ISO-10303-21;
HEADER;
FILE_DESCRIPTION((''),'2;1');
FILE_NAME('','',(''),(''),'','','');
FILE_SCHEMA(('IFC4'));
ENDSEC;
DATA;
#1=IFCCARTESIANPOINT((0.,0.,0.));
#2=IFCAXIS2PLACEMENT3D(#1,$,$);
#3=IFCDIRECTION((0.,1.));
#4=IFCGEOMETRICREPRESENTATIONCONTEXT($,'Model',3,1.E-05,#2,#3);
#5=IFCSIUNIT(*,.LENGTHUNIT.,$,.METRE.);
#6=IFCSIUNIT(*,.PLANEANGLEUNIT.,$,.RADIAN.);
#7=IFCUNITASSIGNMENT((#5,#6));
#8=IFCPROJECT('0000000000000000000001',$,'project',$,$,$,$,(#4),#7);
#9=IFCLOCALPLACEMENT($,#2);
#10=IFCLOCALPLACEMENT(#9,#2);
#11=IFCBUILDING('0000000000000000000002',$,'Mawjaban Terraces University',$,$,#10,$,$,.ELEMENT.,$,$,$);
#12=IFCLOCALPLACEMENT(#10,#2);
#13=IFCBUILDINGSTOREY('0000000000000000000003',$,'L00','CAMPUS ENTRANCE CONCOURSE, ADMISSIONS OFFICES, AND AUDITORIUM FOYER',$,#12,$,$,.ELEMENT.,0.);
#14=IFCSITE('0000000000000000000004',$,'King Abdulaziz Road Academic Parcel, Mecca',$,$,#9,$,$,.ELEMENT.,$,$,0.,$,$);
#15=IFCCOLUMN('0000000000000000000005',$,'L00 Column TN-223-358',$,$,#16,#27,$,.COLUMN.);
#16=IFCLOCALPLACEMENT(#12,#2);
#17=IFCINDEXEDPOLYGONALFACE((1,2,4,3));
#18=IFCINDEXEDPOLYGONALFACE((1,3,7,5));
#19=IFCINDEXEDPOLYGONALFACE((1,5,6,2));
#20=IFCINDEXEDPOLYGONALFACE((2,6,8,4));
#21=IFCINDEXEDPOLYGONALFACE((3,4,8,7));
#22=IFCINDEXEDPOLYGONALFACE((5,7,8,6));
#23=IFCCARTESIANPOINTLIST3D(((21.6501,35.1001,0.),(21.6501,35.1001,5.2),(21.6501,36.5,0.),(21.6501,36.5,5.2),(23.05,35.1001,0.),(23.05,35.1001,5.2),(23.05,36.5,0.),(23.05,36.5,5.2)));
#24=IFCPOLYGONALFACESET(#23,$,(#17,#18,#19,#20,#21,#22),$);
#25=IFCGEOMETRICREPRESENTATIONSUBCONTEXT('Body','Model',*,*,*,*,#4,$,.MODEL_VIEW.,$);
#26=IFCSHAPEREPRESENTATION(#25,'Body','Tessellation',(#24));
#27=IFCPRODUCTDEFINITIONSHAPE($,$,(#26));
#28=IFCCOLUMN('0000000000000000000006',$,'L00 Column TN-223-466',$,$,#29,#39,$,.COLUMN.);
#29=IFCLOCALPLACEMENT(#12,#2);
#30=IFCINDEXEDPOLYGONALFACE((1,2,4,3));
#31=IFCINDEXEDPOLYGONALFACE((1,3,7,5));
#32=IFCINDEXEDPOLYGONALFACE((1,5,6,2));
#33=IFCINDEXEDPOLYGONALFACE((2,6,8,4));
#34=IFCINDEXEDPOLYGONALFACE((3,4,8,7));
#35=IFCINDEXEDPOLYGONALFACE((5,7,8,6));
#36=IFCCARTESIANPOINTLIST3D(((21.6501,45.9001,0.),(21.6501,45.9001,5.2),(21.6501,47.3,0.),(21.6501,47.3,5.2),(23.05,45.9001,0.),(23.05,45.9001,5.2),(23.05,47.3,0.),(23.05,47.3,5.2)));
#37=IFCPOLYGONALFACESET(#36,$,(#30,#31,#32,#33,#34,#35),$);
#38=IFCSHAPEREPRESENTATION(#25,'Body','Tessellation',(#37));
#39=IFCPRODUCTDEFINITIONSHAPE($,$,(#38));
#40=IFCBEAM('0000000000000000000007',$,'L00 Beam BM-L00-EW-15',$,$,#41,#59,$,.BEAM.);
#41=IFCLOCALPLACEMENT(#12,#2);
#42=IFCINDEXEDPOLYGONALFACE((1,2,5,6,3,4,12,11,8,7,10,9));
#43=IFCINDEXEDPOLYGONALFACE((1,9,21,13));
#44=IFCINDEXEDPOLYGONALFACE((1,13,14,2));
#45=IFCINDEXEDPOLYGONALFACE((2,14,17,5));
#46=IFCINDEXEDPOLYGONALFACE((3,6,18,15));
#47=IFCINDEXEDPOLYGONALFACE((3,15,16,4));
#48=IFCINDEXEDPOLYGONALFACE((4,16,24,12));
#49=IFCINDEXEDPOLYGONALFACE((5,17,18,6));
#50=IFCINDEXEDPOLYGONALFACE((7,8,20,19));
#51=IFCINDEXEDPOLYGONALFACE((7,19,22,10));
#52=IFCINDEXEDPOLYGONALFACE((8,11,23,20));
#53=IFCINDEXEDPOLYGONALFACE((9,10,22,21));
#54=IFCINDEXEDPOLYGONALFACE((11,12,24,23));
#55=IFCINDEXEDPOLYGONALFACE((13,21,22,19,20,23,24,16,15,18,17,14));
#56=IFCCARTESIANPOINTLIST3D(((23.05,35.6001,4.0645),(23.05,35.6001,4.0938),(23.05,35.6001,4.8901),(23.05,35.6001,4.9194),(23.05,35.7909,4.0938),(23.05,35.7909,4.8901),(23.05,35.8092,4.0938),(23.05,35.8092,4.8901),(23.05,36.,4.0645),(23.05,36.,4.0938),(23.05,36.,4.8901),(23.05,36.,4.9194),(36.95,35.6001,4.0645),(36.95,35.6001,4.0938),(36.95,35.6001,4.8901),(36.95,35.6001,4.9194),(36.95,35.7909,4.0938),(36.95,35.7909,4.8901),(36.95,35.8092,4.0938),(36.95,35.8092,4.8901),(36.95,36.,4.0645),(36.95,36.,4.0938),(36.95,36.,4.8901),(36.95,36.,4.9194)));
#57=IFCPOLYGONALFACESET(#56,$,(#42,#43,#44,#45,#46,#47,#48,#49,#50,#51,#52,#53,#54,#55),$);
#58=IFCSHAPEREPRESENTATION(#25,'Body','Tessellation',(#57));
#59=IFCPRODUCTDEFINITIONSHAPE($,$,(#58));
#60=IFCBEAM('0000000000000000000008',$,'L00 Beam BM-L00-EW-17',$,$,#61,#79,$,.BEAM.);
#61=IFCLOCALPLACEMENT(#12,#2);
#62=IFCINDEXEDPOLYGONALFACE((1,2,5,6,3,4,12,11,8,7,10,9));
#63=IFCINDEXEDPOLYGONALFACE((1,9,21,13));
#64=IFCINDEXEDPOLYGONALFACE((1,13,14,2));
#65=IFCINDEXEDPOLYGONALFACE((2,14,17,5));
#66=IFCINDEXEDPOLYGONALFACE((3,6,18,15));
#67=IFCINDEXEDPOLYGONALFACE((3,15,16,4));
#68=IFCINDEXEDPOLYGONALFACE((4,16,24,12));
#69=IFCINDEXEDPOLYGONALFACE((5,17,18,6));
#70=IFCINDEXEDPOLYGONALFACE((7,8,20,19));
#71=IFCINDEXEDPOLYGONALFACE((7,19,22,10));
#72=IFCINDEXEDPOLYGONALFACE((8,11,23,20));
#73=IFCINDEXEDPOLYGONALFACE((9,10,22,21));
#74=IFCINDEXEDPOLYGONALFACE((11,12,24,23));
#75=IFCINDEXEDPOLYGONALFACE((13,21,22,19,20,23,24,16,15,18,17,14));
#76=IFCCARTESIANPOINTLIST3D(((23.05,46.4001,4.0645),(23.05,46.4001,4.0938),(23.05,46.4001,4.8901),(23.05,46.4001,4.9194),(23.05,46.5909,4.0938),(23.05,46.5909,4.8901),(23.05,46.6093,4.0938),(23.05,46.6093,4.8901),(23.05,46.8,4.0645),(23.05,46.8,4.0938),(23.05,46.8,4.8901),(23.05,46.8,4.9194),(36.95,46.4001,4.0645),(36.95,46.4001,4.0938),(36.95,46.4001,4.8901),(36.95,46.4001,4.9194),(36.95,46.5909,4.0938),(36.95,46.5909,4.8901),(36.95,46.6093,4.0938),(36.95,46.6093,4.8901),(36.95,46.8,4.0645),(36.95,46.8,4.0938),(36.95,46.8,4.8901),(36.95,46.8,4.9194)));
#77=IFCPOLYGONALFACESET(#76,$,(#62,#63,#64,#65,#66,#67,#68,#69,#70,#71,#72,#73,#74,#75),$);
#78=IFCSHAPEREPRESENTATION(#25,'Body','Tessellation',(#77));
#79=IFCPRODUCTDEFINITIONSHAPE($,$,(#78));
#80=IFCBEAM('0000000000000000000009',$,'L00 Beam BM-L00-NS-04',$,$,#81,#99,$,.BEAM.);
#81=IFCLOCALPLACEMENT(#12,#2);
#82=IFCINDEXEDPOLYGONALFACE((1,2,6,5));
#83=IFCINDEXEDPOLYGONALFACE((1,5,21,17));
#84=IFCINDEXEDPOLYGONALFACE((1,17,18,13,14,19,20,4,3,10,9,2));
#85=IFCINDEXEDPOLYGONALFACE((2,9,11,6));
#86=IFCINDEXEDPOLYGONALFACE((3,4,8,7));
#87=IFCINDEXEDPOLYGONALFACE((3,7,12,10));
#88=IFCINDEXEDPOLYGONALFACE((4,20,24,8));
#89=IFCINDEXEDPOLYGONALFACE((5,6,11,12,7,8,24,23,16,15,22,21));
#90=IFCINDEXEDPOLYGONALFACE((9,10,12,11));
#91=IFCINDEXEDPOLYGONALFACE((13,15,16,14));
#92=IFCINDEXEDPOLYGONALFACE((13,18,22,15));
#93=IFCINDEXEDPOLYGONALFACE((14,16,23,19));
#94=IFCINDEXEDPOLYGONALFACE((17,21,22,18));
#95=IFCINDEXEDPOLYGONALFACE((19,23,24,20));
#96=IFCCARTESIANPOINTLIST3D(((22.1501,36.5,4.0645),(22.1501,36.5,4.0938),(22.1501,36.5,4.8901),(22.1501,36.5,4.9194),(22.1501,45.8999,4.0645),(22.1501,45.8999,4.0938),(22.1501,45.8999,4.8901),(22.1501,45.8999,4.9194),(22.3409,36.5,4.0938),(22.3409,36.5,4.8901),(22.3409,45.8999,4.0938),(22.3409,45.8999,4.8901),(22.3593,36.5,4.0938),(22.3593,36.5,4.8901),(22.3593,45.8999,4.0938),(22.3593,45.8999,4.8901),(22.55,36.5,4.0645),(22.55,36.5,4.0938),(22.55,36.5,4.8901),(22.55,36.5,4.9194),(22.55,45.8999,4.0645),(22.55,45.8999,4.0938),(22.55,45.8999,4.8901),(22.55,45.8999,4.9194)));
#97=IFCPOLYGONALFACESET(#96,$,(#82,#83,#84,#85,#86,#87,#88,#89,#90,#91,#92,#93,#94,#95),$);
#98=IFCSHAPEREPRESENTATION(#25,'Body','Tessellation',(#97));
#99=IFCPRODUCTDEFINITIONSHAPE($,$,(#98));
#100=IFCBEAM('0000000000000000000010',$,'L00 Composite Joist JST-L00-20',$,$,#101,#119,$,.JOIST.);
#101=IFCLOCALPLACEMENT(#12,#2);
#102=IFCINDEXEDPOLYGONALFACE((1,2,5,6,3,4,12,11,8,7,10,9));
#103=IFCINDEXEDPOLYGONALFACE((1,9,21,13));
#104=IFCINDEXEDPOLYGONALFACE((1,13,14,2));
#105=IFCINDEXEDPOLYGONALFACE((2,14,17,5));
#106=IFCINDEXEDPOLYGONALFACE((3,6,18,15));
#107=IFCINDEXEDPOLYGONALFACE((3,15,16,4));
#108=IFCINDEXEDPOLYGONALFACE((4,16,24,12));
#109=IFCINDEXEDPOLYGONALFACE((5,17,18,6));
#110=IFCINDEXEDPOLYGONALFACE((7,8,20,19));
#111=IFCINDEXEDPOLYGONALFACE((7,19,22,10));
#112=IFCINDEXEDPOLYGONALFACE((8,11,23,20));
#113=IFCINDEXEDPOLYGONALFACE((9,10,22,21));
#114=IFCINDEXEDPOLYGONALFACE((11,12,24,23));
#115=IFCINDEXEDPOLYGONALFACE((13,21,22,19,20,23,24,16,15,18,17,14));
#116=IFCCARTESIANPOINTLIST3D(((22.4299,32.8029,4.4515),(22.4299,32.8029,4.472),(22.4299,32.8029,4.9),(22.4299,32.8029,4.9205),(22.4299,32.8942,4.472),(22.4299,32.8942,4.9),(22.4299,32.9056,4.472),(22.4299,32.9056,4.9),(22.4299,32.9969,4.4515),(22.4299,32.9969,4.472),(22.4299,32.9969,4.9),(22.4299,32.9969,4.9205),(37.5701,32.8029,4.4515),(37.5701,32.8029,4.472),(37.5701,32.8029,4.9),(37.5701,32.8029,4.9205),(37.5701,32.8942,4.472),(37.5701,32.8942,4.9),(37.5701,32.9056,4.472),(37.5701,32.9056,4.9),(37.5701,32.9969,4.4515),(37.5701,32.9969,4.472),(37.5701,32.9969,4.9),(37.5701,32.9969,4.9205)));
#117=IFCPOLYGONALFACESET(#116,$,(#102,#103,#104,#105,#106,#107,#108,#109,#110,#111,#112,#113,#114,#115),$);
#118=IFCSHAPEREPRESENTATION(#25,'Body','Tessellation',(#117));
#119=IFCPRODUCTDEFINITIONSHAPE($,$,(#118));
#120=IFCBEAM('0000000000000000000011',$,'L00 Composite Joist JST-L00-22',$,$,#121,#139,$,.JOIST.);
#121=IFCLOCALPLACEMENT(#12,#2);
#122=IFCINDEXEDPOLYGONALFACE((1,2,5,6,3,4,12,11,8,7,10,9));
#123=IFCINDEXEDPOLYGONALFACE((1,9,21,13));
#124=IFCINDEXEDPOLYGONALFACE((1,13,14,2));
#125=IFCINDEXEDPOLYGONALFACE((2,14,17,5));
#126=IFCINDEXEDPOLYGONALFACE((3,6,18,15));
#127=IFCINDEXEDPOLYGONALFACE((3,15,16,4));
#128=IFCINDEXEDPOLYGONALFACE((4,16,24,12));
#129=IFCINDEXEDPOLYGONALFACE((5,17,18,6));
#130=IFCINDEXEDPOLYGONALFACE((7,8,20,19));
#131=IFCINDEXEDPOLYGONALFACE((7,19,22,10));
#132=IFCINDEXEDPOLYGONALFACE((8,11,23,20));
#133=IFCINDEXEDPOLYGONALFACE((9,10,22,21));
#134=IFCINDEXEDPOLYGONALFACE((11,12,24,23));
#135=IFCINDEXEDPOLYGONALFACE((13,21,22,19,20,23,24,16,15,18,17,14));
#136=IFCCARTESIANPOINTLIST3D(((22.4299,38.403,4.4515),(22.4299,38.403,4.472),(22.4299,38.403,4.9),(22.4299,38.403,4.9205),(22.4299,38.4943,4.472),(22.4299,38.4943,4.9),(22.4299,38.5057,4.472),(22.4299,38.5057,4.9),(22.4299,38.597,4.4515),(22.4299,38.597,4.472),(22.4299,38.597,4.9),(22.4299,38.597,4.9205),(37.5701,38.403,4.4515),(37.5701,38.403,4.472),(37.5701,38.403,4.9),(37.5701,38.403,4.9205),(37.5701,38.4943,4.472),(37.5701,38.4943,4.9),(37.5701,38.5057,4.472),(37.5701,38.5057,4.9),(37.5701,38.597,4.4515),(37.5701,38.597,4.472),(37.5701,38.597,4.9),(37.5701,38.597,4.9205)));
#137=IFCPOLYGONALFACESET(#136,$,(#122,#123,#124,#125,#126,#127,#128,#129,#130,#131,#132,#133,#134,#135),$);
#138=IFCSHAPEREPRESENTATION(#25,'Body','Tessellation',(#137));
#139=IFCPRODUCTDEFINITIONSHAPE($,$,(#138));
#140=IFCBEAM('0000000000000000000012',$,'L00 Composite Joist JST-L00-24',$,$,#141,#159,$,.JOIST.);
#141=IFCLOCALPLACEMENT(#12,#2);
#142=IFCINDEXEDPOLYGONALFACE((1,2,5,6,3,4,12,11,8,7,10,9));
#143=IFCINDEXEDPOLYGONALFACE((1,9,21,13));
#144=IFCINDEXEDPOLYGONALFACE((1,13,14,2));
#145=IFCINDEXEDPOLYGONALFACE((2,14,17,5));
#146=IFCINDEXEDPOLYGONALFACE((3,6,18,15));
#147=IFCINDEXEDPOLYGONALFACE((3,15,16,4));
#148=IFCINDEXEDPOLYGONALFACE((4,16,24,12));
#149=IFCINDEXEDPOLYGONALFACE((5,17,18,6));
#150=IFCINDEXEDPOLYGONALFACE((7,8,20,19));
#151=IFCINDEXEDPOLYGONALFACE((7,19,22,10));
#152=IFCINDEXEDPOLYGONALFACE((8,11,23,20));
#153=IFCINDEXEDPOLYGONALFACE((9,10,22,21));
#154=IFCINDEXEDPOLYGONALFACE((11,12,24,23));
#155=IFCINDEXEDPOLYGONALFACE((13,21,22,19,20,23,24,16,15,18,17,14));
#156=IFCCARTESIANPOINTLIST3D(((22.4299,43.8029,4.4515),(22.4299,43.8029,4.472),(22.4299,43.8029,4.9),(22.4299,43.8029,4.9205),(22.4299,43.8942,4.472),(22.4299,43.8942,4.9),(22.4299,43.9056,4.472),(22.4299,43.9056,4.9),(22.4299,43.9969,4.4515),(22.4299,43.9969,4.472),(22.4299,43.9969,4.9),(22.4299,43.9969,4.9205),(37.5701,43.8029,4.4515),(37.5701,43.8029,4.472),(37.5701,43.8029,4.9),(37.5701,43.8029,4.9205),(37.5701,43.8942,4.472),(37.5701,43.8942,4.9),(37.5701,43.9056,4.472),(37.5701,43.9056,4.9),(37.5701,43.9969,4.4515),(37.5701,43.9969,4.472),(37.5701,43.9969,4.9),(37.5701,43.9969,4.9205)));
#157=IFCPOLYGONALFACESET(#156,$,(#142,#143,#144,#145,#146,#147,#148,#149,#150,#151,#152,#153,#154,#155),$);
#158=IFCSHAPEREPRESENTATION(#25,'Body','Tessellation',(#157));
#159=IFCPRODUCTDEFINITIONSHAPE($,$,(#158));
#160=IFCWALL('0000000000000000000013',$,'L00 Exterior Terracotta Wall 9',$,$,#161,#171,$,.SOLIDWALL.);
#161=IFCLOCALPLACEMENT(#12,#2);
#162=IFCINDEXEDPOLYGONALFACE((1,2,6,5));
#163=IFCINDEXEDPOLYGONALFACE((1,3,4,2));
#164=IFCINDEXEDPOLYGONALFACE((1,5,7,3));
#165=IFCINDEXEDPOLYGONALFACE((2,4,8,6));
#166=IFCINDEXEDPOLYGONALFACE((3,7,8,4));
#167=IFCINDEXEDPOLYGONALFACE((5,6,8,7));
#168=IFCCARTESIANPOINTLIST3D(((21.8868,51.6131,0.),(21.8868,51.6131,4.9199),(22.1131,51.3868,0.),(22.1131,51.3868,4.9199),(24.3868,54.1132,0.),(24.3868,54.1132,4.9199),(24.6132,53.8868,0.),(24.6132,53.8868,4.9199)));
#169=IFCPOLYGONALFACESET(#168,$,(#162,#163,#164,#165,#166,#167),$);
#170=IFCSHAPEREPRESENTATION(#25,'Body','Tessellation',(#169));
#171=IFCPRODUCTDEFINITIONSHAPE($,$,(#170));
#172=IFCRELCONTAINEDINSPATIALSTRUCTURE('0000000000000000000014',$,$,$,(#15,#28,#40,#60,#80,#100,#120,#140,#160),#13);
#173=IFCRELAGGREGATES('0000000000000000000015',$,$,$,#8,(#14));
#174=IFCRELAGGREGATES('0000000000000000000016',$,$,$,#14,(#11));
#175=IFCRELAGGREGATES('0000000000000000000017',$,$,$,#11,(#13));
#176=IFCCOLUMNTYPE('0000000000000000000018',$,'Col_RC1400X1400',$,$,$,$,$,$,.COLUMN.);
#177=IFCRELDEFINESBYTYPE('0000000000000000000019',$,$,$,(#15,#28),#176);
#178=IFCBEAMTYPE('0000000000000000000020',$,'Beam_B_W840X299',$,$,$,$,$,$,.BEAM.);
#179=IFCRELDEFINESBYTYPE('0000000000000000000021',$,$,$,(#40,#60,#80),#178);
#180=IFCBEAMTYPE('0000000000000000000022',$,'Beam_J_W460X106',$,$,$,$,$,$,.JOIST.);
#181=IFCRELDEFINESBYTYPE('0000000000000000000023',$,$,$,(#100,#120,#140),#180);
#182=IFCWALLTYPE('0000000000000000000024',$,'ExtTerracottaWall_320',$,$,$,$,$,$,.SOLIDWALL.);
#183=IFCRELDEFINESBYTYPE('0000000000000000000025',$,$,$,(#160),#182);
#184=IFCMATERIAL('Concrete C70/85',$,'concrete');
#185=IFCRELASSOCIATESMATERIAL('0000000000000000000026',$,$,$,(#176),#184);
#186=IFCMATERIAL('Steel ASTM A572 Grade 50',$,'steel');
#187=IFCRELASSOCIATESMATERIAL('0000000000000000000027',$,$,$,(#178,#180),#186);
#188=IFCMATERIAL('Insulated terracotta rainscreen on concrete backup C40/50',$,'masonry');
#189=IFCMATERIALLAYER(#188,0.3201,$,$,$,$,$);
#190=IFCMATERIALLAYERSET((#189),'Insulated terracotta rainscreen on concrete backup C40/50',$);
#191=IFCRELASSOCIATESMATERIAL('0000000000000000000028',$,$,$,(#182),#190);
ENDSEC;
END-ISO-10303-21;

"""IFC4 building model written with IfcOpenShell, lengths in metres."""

from ifc_helpers import new_model, si_unit, direction, frame, frame_2d, origin, origin_2d, place, context, subcontext, project, spatial, rectangle, i_section, extrude, material, layer, layer_set, material_profile, profile_set, type_object, element, save


model = new_model("IFC4")

# Units and contexts
model_context = context("Model", 3, precision=1e-05, world=origin(), true_north=direction((0.0, 1.0)))
body_context = subcontext(model_context, "Body", "Model", "MODEL_VIEW")
ifc_project = project(units=[si_unit("LENGTHUNIT", "METRE"), si_unit("PLANEANGLEUNIT", "RADIAN")], contexts=[model_context])

# Site, building, storey
site_placement = place(None, origin())
site = spatial("IfcSite", under=ifc_project, at=site_placement, Name="King Abdulaziz Road Academic Parcel, Mecca", CompositionType="ELEMENT", RefElevation=0.0)
building_placement = place(site_placement, origin())
building = spatial("IfcBuilding", under=site, at=building_placement, Name="Mawjaban Terraces University", CompositionType="ELEMENT")
storey_placement = place(building_placement, origin())
storey = spatial("IfcBuildingStorey", under=building, at=storey_placement, Name="L00", Description="CAMPUS ENTRANCE CONCOURSE, ADMISSIONS OFFICES, AND AUDITORIUM FOYER", CompositionType="ELEMENT", Elevation=0.0)

# Columns
ifc_material_1 = material(Name="Concrete C70/85", Category="concrete")
ifc_material_profile_1 = material_profile(ifc_material_1, rectangle(XDim=1.3999, YDim=1.3999, at=origin_2d()), Name="RC1400X1400")
ifc_profile_set_1 = profile_set([ifc_material_profile_1], Name="Concrete C70/85")
column_type = type_object("IfcColumnType", Name="Col_RC1400X1400", PredefinedType="COLUMN", material=ifc_profile_set_1)
for number, where, z_axis, x_axis, name in (
    (1, (22.3501, 35.8, 0.0), (0.0, 0.0, 1.0), (1.0, 0.0, 0.0), "L00 Column TN-223-358"),
    (2, (22.3501, 46.6001, 0.0), (0.0, 0.0, 1.0), (1.0, 0.0, 0.0), "L00 Column TN-223-466"),
):
    element("IfcColumn", number, at=place(storey_placement, frame(where, z_axis=z_axis, x_axis=x_axis)), inside=storey, type_object=column_type, Name=name, PredefinedType="COLUMN", context=body_context, shape_type="SweptSolid", body=[
        extrude(rectangle(XDim=1.3999, YDim=1.3999, at=origin_2d()), origin(), (0.0, 0.0, 1.0), 5.2),
    ])

# Beams
ifc_material_2 = material(Name="Steel ASTM A572 Grade 50", Category="steel")
ifc_material_profile_2 = material_profile(ifc_material_2, i_section(OverallWidth=0.3999, OverallDepth=0.855, WebThickness=0.0183, FlangeThickness=0.0293, at=origin_2d()), Name="W840X299")
ifc_profile_set_2 = profile_set([ifc_material_profile_2], Name="Steel ASTM A572 Grade 50")
beam_type_1 = type_object("IfcBeamType", Name="Beam_B_W840X299", PredefinedType="BEAM", material=ifc_profile_set_2)
for number, where, z_axis, x_axis, name in (
    (3, (23.05, 35.8, 4.4919), (1.0, 0.0, 0.0), (0.0, 1.0, 0.0), "L00 Beam BM-L00-EW-15"),
    (4, (23.05, 46.6001, 4.4919), (1.0, 0.0, 0.0), (0.0, 1.0, 0.0), "L00 Beam BM-L00-EW-17"),
):
    element("IfcBeam", number, at=place(storey_placement, frame(where, z_axis=z_axis, x_axis=x_axis)), inside=storey, type_object=beam_type_1, Name=name, PredefinedType="BEAM", context=body_context, shape_type="SweptSolid", body=[
        extrude(i_section(OverallWidth=0.3999, OverallDepth=0.855, WebThickness=0.0183, FlangeThickness=0.0293, at=origin_2d()), origin(), (0.0, 0.0, 1.0), 13.8999),
    ])
beam_placement = place(storey_placement, frame((22.3501, 36.5, 4.4919), z_axis=(0.0, 1.0, 0.0), x_axis=(-1.0, 0.0, 0.0)))
element("IfcBeam", 5, at=beam_placement, inside=storey, type_object=beam_type_1, Name="L00 Beam BM-L00-NS-04", PredefinedType="BEAM", context=body_context, shape_type="SweptSolid", body=[
    extrude(i_section(OverallWidth=0.3999, OverallDepth=0.855, WebThickness=0.0183, FlangeThickness=0.0293, at=origin_2d()), origin(), (0.0, 0.0, 1.0), 9.3999),
])
ifc_material_profile_3 = material_profile(ifc_material_2, i_section(OverallWidth=0.1941, OverallDepth=0.469, WebThickness=0.0115, FlangeThickness=0.0205, at=origin_2d()), Name="W460X106")
ifc_profile_set_3 = profile_set([ifc_material_profile_3], Name="Steel ASTM A572 Grade 50")
beam_type_2 = type_object("IfcBeamType", Name="Beam_J_W460X106", PredefinedType="JOIST", material=ifc_profile_set_3)
for number, where, z_axis, x_axis, name in (
    (6, (22.4299, 32.8999, 4.686), (1.0, 0.0, 0.0), (0.0, 1.0, 0.0), "L00 Composite Joist JST-L00-20"),
    (7, (22.4299, 38.5, 4.686), (1.0, 0.0, 0.0), (0.0, 1.0, 0.0), "L00 Composite Joist JST-L00-22"),
    (8, (22.4299, 43.8999, 4.686), (1.0, 0.0, 0.0), (0.0, 1.0, 0.0), "L00 Composite Joist JST-L00-24"),
):
    element("IfcBeam", number, at=place(storey_placement, frame(where, z_axis=z_axis, x_axis=x_axis)), inside=storey, type_object=beam_type_2, Name=name, PredefinedType="JOIST", context=body_context, shape_type="SweptSolid", body=[
        extrude(i_section(OverallWidth=0.1941, OverallDepth=0.469, WebThickness=0.0115, FlangeThickness=0.0205, at=origin_2d()), origin(), (0.0, 0.0, 1.0), 15.1401),
    ])

# Wall
ifc_material_3 = material(Name="Insulated terracotta rainscreen on concrete backup C40/50", Category="masonry")
ifc_layer_1 = layer(ifc_material_3, 0.3201)
ifc_layer_set_1 = layer_set([ifc_layer_1], Name="Insulated terracotta rainscreen on concrete backup C40/50")
wall_type_1 = type_object("IfcWallType", Name="ExtTerracottaWall_320", PredefinedType="SOLIDWALL", material=ifc_layer_set_1)
wall_1_placement = place(storey_placement, frame((24.5, 54.0, 0.0), z_axis=(0.0, 0.0, 1.0), x_axis=(-0.707107, -0.707107, 0.0)))
element("IfcWall", 9, at=wall_1_placement, inside=storey, type_object=wall_type_1, Name="L00 Exterior Terracotta Wall 9", PredefinedType="SOLIDWALL", context=body_context, shape_type="SweptSolid", body=[
    extrude(rectangle(XDim=3.5356, YDim=0.3201, at=frame_2d((1.7678, 0.0))), origin(), (0.0, 0.0, 1.0), 4.9199),
])

save(model, "model.ifc")
